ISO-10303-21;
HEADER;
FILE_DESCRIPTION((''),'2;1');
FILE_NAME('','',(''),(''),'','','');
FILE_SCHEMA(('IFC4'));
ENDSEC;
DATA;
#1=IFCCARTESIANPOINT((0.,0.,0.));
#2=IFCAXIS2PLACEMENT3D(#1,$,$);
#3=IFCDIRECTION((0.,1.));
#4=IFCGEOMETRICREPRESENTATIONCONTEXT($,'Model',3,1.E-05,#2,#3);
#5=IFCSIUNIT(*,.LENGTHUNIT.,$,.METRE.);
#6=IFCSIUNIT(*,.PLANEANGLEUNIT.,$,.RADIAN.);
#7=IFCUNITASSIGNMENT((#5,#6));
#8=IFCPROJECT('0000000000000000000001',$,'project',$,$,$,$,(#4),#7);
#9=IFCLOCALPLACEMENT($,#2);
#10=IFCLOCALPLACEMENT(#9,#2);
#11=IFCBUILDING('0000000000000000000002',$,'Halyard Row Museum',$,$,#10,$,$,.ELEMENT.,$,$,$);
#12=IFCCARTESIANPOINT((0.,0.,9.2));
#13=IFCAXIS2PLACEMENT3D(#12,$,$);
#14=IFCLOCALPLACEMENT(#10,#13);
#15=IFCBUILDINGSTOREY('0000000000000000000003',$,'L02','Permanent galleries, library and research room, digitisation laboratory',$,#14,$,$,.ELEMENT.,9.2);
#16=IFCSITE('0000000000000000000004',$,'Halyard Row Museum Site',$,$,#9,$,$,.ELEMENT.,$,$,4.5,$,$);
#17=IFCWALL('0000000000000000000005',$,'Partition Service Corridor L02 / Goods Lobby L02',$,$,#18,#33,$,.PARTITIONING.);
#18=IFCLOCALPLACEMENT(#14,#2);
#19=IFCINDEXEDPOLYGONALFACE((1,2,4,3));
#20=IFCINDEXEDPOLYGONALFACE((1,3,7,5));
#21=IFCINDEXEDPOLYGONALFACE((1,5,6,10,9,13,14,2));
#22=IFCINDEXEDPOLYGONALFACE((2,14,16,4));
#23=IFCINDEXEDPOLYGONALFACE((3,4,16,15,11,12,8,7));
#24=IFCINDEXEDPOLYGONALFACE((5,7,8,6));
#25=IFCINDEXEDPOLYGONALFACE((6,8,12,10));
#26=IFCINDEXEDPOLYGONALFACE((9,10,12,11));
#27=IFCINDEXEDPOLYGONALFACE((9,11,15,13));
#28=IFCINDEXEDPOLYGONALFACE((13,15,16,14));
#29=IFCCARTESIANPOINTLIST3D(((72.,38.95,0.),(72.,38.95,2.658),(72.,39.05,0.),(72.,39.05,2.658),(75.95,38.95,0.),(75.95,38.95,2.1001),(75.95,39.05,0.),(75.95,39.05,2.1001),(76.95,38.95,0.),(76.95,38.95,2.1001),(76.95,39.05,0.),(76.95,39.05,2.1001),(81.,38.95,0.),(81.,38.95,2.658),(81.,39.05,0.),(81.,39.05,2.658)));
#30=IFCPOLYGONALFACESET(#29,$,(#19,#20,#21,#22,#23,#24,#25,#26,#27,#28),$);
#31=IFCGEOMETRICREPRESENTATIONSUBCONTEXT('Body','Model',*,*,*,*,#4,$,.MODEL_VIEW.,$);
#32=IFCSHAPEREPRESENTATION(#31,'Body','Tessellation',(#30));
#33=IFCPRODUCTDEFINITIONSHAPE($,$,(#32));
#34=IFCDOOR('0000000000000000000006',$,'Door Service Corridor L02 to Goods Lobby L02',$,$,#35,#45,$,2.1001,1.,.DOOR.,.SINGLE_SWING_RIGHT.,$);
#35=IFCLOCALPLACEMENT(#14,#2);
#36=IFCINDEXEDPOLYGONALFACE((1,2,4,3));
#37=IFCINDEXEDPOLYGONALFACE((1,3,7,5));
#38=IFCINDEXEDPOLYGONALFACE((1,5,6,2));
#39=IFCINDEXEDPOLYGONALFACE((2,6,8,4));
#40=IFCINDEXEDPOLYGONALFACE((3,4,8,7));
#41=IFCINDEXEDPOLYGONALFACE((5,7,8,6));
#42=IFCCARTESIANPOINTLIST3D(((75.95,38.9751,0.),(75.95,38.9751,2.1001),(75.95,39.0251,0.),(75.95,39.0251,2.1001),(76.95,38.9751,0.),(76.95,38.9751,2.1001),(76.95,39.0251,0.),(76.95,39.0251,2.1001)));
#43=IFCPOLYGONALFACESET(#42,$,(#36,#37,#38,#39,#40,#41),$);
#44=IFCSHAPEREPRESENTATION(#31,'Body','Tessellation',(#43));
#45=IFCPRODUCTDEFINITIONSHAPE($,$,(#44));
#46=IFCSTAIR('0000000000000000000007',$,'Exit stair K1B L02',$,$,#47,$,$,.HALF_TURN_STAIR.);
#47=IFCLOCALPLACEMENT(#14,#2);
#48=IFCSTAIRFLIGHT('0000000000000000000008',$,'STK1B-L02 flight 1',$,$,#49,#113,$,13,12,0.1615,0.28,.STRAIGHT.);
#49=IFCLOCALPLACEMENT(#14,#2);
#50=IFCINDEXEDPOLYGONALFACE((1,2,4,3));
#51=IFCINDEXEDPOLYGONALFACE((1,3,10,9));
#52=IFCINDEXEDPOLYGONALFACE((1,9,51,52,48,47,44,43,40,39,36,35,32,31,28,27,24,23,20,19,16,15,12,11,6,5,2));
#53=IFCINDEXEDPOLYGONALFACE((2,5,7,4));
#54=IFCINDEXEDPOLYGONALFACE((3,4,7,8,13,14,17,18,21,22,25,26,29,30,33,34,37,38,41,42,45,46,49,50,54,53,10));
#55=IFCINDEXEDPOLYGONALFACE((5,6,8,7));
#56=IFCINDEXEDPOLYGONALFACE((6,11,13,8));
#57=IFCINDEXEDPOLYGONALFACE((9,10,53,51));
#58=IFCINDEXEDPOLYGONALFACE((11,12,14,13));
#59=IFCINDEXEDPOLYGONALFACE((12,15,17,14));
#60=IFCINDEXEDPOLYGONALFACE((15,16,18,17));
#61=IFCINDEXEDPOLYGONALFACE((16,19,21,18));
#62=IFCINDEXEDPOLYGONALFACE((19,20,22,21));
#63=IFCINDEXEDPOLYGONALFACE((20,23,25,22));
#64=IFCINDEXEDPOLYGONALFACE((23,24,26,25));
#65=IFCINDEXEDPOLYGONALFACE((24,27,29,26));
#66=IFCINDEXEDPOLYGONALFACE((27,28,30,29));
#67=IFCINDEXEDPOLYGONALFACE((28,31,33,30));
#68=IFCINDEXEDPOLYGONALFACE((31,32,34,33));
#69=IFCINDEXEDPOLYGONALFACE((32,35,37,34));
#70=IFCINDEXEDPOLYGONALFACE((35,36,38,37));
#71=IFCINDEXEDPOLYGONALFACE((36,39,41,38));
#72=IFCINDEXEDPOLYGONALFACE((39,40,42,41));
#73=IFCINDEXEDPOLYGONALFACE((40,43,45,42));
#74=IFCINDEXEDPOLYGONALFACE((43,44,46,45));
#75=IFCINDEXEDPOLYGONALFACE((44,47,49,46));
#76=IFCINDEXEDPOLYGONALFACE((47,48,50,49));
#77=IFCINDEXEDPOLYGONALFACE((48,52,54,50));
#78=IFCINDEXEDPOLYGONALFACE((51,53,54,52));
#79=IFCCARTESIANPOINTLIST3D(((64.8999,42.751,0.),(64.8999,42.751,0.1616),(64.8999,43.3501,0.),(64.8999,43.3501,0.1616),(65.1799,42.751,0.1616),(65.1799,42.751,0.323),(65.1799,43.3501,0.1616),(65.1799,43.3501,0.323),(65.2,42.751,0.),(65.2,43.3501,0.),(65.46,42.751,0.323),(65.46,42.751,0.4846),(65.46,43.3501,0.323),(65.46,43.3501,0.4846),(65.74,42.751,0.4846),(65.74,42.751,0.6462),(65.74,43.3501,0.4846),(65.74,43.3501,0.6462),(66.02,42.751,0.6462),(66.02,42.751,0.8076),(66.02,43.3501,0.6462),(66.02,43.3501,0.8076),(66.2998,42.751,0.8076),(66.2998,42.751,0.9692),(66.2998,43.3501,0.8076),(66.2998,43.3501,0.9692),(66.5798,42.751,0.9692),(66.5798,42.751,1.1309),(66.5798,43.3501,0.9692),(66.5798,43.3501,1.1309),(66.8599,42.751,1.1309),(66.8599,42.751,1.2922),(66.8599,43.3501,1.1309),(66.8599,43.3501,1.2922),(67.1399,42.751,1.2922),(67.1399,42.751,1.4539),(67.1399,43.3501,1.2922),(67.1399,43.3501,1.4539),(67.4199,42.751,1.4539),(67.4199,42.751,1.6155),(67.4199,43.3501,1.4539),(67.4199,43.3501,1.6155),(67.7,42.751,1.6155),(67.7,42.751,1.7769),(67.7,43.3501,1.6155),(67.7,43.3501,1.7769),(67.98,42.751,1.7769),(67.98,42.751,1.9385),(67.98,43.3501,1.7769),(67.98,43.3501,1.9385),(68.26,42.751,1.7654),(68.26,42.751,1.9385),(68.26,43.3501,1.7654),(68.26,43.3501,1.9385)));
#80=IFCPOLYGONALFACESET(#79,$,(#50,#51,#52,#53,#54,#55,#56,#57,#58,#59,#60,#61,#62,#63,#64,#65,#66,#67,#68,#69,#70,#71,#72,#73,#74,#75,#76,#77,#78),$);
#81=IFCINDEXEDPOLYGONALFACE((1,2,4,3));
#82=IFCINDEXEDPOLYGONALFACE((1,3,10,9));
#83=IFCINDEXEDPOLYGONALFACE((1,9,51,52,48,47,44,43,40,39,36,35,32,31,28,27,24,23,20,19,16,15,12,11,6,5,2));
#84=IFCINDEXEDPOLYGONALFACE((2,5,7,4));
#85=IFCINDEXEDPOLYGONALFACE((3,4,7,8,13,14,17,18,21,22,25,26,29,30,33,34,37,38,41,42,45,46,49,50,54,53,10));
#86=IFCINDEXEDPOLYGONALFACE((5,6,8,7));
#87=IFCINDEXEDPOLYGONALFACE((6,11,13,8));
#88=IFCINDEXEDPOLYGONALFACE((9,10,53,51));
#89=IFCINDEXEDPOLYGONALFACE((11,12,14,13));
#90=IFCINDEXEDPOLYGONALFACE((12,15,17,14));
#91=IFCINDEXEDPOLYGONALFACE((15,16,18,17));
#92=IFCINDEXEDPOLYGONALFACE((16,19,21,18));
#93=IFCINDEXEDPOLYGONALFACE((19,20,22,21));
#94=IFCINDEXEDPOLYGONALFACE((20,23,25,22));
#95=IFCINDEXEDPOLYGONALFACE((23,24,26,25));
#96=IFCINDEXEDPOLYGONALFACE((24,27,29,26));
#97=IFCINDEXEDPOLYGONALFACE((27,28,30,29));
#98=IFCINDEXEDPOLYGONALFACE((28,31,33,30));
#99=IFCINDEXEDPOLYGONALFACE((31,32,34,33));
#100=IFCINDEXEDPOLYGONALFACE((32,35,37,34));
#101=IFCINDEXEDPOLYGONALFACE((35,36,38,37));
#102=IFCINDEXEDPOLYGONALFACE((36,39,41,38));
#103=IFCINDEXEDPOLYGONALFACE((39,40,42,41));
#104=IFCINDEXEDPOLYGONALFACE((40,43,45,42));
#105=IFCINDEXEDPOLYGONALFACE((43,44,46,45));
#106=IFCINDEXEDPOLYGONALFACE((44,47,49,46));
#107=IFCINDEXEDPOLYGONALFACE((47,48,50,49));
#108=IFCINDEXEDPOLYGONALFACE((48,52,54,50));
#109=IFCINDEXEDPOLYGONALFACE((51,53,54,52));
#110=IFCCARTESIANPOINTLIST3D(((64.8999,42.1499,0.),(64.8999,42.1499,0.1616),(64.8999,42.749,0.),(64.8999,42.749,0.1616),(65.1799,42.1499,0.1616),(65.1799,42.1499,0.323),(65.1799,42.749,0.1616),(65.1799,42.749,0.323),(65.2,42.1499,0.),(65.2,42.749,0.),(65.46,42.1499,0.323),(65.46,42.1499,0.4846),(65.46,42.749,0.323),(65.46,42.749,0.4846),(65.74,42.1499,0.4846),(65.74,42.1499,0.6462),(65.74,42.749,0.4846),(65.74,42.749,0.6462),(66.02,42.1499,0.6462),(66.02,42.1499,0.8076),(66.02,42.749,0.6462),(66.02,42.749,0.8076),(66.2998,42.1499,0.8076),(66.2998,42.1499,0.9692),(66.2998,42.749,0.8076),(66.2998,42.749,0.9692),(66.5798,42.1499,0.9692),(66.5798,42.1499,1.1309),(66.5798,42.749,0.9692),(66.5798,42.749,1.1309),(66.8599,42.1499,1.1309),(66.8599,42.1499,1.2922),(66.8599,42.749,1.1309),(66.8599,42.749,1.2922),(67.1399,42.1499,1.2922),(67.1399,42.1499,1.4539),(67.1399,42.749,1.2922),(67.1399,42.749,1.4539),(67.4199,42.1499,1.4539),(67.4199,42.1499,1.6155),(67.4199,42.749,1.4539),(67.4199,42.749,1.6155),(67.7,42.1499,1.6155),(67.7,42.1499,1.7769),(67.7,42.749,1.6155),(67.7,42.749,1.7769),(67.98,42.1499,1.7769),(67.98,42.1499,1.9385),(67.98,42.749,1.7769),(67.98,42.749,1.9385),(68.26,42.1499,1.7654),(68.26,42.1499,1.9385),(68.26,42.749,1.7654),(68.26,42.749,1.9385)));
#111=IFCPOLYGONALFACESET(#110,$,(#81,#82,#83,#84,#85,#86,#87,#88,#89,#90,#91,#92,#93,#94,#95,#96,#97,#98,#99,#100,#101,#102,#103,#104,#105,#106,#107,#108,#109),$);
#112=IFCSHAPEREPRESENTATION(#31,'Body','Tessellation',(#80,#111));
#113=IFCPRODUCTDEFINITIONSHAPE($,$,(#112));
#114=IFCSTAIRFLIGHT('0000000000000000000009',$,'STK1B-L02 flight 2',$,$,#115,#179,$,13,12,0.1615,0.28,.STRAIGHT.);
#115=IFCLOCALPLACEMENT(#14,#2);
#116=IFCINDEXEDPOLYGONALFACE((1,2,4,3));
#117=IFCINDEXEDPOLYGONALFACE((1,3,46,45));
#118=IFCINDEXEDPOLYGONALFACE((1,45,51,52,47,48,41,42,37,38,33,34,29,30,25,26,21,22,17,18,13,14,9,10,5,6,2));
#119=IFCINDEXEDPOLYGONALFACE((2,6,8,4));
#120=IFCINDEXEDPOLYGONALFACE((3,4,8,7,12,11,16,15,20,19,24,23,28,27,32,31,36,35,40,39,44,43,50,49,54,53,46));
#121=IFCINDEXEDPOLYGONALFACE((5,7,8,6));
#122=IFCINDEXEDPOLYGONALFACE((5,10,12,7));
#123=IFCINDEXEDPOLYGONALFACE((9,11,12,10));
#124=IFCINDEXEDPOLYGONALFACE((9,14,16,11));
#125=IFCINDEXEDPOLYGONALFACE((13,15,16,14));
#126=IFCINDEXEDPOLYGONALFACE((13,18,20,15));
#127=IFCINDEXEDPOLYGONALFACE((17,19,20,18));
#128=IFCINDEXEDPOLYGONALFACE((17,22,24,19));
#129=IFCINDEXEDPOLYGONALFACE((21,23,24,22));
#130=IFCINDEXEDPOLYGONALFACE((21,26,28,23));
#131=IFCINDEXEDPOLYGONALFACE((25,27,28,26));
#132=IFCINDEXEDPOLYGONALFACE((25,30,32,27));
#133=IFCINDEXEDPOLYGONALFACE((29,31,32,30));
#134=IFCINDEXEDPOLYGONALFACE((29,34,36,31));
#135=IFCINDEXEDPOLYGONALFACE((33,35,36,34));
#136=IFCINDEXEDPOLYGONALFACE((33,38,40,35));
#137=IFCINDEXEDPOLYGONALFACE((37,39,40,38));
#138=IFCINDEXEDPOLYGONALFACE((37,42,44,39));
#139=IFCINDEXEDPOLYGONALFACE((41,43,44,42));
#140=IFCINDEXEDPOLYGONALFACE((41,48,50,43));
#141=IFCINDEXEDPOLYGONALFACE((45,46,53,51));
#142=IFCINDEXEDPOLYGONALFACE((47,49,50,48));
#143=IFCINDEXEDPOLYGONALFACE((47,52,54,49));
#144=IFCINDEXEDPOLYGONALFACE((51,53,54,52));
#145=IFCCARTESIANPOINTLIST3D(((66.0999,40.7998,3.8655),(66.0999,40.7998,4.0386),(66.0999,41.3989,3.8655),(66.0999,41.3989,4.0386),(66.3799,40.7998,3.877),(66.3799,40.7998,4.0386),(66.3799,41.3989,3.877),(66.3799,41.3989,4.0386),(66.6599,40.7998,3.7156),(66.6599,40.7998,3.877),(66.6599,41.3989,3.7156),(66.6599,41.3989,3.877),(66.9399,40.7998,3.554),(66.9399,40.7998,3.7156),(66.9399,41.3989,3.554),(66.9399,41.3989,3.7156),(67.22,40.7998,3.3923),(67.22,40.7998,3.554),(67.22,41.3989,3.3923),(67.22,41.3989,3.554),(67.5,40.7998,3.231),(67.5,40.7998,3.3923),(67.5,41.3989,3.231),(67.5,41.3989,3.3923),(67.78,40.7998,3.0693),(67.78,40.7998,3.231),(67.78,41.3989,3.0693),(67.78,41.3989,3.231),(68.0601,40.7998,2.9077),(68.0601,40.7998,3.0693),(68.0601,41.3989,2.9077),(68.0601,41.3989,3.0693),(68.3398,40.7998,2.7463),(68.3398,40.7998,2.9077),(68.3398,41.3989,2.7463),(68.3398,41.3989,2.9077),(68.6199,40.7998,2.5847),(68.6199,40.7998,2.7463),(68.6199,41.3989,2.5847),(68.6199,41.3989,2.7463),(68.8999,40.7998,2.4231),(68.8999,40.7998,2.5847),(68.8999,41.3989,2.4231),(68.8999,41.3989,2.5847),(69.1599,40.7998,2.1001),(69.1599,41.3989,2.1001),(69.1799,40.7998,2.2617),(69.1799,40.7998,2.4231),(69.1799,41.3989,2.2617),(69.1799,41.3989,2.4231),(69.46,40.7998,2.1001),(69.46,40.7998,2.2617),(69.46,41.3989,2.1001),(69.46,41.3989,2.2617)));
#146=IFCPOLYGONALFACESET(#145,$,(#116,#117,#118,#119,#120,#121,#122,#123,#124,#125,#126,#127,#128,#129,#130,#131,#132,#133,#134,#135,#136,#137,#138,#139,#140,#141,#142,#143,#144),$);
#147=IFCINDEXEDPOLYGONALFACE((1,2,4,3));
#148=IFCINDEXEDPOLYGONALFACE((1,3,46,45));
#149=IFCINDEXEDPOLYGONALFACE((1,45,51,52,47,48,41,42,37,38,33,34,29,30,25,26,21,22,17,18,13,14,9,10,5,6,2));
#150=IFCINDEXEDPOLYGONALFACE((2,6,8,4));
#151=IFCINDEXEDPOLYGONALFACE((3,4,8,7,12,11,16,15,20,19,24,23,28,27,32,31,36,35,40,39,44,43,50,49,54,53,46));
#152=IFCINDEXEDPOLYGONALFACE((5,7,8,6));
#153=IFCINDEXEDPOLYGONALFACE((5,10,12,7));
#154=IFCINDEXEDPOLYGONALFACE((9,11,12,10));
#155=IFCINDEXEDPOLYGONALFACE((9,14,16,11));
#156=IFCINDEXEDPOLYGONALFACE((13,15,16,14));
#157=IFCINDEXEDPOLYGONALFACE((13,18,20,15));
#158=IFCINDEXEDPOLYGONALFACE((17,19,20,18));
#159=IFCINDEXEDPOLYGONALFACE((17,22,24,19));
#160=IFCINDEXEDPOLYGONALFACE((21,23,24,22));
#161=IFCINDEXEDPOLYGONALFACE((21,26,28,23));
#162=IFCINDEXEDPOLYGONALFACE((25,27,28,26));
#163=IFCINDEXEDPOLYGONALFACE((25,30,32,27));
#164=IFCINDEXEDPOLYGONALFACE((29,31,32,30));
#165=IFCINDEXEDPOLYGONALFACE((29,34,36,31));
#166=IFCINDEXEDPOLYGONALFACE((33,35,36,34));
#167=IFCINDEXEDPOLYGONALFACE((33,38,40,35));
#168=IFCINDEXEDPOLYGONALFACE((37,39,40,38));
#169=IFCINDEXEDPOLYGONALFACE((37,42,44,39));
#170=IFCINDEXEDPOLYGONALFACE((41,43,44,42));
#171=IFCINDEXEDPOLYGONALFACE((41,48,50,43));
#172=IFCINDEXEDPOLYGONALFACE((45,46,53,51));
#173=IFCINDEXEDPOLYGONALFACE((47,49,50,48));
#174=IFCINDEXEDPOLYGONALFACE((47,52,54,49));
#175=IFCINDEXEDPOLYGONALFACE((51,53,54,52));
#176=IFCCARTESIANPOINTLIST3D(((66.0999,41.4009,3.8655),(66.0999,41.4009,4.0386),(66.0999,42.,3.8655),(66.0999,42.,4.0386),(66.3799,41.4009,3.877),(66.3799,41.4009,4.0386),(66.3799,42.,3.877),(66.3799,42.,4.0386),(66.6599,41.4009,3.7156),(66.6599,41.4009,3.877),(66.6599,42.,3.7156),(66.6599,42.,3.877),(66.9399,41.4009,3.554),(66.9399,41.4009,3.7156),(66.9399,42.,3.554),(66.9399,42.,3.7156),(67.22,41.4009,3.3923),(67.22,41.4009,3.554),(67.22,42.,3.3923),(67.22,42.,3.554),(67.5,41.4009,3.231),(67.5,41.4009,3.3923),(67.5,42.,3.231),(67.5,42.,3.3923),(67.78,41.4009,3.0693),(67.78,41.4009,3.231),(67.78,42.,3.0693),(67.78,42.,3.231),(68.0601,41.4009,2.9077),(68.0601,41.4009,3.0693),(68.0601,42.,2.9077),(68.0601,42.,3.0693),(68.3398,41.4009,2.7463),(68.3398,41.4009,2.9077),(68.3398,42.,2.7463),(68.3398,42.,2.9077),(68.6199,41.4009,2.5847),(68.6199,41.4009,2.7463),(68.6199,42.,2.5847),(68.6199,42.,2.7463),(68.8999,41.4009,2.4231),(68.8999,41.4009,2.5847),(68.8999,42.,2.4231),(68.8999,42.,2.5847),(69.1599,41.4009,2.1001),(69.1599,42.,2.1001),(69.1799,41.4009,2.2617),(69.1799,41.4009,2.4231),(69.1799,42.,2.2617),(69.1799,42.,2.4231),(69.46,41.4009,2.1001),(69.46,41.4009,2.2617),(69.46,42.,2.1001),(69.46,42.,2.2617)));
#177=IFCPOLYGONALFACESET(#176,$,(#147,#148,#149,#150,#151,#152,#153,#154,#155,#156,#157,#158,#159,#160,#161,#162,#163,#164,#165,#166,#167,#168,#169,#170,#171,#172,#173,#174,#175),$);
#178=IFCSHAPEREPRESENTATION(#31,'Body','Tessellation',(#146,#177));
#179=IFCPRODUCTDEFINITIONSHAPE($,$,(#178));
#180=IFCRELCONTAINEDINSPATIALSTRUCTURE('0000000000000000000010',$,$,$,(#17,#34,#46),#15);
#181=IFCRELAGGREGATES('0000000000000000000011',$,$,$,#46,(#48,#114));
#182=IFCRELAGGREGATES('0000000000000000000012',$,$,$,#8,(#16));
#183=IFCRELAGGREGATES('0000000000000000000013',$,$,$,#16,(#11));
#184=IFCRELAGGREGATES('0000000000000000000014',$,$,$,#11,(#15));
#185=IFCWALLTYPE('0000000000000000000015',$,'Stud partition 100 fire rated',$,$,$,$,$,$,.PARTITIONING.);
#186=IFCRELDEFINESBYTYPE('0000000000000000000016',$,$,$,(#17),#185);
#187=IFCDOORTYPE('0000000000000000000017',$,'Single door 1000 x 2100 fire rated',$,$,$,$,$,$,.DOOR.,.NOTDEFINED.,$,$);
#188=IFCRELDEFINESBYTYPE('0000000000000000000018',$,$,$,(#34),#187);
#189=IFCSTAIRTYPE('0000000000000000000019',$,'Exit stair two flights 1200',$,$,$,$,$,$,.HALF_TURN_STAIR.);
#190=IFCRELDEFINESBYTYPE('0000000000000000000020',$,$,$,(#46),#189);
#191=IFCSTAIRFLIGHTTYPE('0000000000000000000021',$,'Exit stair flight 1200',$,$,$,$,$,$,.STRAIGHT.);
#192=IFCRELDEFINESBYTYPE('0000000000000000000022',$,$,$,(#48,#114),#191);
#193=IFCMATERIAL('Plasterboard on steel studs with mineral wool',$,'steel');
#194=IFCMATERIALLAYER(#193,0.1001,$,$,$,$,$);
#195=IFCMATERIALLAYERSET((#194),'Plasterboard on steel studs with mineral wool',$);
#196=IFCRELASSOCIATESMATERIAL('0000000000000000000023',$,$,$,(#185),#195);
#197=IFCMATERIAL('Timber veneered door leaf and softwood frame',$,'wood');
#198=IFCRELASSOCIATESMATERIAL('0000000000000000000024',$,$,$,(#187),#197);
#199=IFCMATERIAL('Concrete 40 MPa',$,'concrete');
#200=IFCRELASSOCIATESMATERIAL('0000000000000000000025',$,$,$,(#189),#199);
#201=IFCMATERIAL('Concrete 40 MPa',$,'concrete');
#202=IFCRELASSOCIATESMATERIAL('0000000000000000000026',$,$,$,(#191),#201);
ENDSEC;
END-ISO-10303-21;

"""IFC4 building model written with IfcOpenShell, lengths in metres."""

from ifc_helpers import new_model, si_unit, direction, frame, frame_2d, origin, place, context, subcontext, project, spatial, polyline, rectangle, outline, extrude, material, layer, layer_set, type_object, element, fill, aggregate, save


model = new_model("IFC4")

# Units and contexts
model_context = context("Model", 3, precision=1e-05, world=origin(), true_north=direction((0.0, 1.0)))
body_context = subcontext(model_context, "Body", "Model", "MODEL_VIEW")
ifc_project = project(units=[si_unit("LENGTHUNIT", "METRE"), si_unit("PLANEANGLEUNIT", "RADIAN")], contexts=[model_context])

# Site, building, storey
site_placement = place(None, origin())
site = spatial("IfcSite", under=ifc_project, at=site_placement, Name="Halyard Row Museum Site", CompositionType="ELEMENT", RefElevation=4.5)
building_placement = place(site_placement, origin())
building = spatial("IfcBuilding", under=site, at=building_placement, Name="Halyard Row Museum", CompositionType="ELEMENT")
storey_placement = place(building_placement, frame((0.0, 0.0, 9.2)))
storey = spatial("IfcBuildingStorey", under=building, at=storey_placement, Name="L02", Description="Permanent galleries, library and research room, digitisation laboratory", CompositionType="ELEMENT", Elevation=9.2)

# Wall, opening, door
ifc_material_1 = material(Name="Plasterboard on steel studs with mineral wool", Category="steel")
ifc_layer_1 = layer(ifc_material_1, 0.1001)
ifc_layer_set_1 = layer_set([ifc_layer_1], Name="Plasterboard on steel studs with mineral wool")
wall_type_1 = type_object("IfcWallType", Name="Stud partition 100 fire rated", PredefinedType="PARTITIONING", material=ifc_layer_set_1)
wall_1_placement = place(storey_placement, frame((72.0, 39.0, 0.0), z_axis=(0.0, 0.0, 1.0), x_axis=(1.0, 0.0, 0.0)))
wall_1 = element("IfcWall", 1, at=wall_1_placement, inside=storey, type_object=wall_type_1, Name="Partition Service Corridor L02 / Goods Lobby L02", PredefinedType="PARTITIONING", context=body_context, shape_type="SweptSolid", body=[
    extrude(rectangle(XDim=9.0, YDim=0.1001, at=frame_2d((4.5, 0.0))), origin(), (0.0, 0.0, 1.0), 2.658),
])
opening_1_placement = place(wall_1_placement, frame((3.95, 0.0, 0.0)))
opening_1 = element("IfcOpeningElement", 2, at=opening_1_placement, cuts=wall_1, PredefinedType="OPENING", context=body_context, shape_type="SweptSolid", body=[
    extrude(rectangle(XDim=1.0, YDim=2.1001, at=frame_2d((0.5, 1.05))), frame((0.0, 0.0601, 0.0), z_axis=(0.0, -1.0, 0.0), x_axis=(1.0, 0.0, 0.0)), (0.0, 0.0, 1.0), 0.1201),
])
ifc_material_2 = material(Name="Timber veneered door leaf and softwood frame", Category="wood")
door_type_1 = type_object("IfcDoorType", Name="Single door 1000 x 2100 fire rated", OperationType="NOTDEFINED", PredefinedType="DOOR", material=ifc_material_2)
door_1_placement = place(opening_1_placement, frame((1.0, 0.0, 0.0), z_axis=(0.0, 0.0, 1.0), x_axis=(-1.0, 0.0, 0.0)))
door_1 = element("IfcDoor", 3, at=door_1_placement, inside=storey, type_object=door_type_1, Name="Door Service Corridor L02 to Goods Lobby L02", OperationType="SINGLE_SWING_RIGHT", OverallHeight=2.1001, OverallWidth=1.0, PredefinedType="DOOR", context=body_context, shape_type="SweptSolid", body=[
    extrude(rectangle(XDim=1.0, YDim=2.1001, at=frame_2d((0.5, 1.05))), frame((0.0, 0.0249, 0.0), z_axis=(0.0, -1.0, 0.0), x_axis=(1.0, 0.0, 0.0)), (0.0, 0.0, 1.0), 0.05),
])
fill(opening_1, door_1)

# Stair, stair flights
ifc_material_3 = material(Name="Concrete 40 MPa", Category="concrete")
stair_type = type_object("IfcStairType", Name="Exit stair two flights 1200", PredefinedType="HALF_TURN_STAIR", material=ifc_material_3)
stair_placement = place(storey_placement, origin())
stair = element("IfcStair", 4, at=stair_placement, inside=storey, type_object=stair_type, Name="Exit stair K1B L02", PredefinedType="HALF_TURN_STAIR")
ifc_material_4 = material(Name="Concrete 40 MPa", Category="concrete")
stair_flight_type = type_object("IfcStairFlightType", Name="Exit stair flight 1200", PredefinedType="STRAIGHT", material=ifc_material_4)
stair_flight_1_placement = place(storey_placement, frame((64.8999, 42.75, 0.0), z_axis=(0.0, 0.0, 1.0), x_axis=(1.0, 0.0, 0.0)))
stair_flight_1 = element("IfcStairFlight", 5, at=stair_flight_1_placement, type_object=stair_flight_type, Name="STK1B-L02 flight 1", NumberOfRisers=13, NumberOfTreads=12, PredefinedType="STRAIGHT", RiserHeight=0.1615, TreadLength=0.28, context=body_context, shape_type="SweptSolid", body=[
    extrude(outline(polyline([(0.0, 0.0), (0.0, 0.1616), (0.28, 0.1616), (0.28, 0.323), (0.5601, 0.323), (0.5601, 0.4846), (0.8401, 0.4846), (0.8401, 0.6462), (1.1201, 0.6462), (1.1201, 0.8076), (1.3999, 0.8076), (1.3999, 0.9692), (1.6799, 0.9692), (1.6799, 1.1309), (1.96, 1.1309), (1.96, 1.2922), (2.24, 1.2922), (2.24, 1.4539), (2.52, 1.4539), (2.52, 1.6155), (2.8, 1.6155), (2.8, 1.7769), (3.0801, 1.7769), (3.0801, 1.9385), (3.3601, 1.9385), (3.3601, 2.1001), (3.3601, 1.7654), (0.3, 0.0), (0.0, 0.0)])), frame((0.0, 0.6001, 0.0), z_axis=(0.0, -1.0, 0.0), x_axis=(1.0, 0.0, 0.0)), (0.0, 0.0, 1.0), 0.5991),
    extrude(outline(polyline([(0.0, 0.0), (0.0, 0.1616), (0.28, 0.1616), (0.28, 0.323), (0.5601, 0.323), (0.5601, 0.4846), (0.8401, 0.4846), (0.8401, 0.6462), (1.1201, 0.6462), (1.1201, 0.8076), (1.3999, 0.8076), (1.3999, 0.9692), (1.6799, 0.9692), (1.6799, 1.1309), (1.96, 1.1309), (1.96, 1.2922), (2.24, 1.2922), (2.24, 1.4539), (2.52, 1.4539), (2.52, 1.6155), (2.8, 1.6155), (2.8, 1.7769), (3.0801, 1.7769), (3.0801, 1.9385), (3.3601, 1.9385), (3.3601, 2.1001), (3.3601, 1.7654), (0.3, 0.0), (0.0, 0.0)])), frame((0.0, -0.001, 0.0), z_axis=(0.0, -1.0, 0.0), x_axis=(1.0, 0.0, 0.0)), (0.0, 0.0, 1.0), 0.5991),
])
stair_flight_2_placement = place(storey_placement, frame((69.46, 41.3999, 2.1001), z_axis=(0.0, 0.0, 1.0), x_axis=(-1.0, 0.0, 0.0)))
stair_flight_2 = element("IfcStairFlight", 6, at=stair_flight_2_placement, type_object=stair_flight_type, Name="STK1B-L02 flight 2", NumberOfRisers=13, NumberOfTreads=12, PredefinedType="STRAIGHT", RiserHeight=0.1615, TreadLength=0.28, context=body_context, shape_type="SweptSolid", body=[
    extrude(outline(polyline([(0.0, 0.0), (0.0, 0.1616), (0.28, 0.1616), (0.28, 0.323), (0.5601, 0.323), (0.5601, 0.4846), (0.8401, 0.4846), (0.8401, 0.6462), (1.1201, 0.6462), (1.1201, 0.8076), (1.3999, 0.8076), (1.3999, 0.9692), (1.6799, 0.9692), (1.6799, 1.1309), (1.96, 1.1309), (1.96, 1.2922), (2.24, 1.2922), (2.24, 1.4539), (2.52, 1.4539), (2.52, 1.6155), (2.8, 1.6155), (2.8, 1.7769), (3.0801, 1.7769), (3.0801, 1.9385), (3.3601, 1.9385), (3.3601, 2.1001), (3.3601, 1.7654), (0.3, 0.0), (0.0, 0.0)])), frame((0.0, 0.6001, 0.0), z_axis=(0.0, -1.0, 0.0), x_axis=(1.0, 0.0, 0.0)), (0.0, 0.0, 1.0), 0.5991),
    extrude(outline(polyline([(0.0, 0.0), (0.0, 0.1616), (0.28, 0.1616), (0.28, 0.323), (0.5601, 0.323), (0.5601, 0.4846), (0.8401, 0.4846), (0.8401, 0.6462), (1.1201, 0.6462), (1.1201, 0.8076), (1.3999, 0.8076), (1.3999, 0.9692), (1.6799, 0.9692), (1.6799, 1.1309), (1.96, 1.1309), (1.96, 1.2922), (2.24, 1.2922), (2.24, 1.4539), (2.52, 1.4539), (2.52, 1.6155), (2.8, 1.6155), (2.8, 1.7769), (3.0801, 1.7769), (3.0801, 1.9385), (3.3601, 1.9385), (3.3601, 2.1001), (3.3601, 1.7654), (0.3, 0.0), (0.0, 0.0)])), frame((0.0, -0.001, 0.0), z_axis=(0.0, -1.0, 0.0), x_axis=(1.0, 0.0, 0.0)), (0.0, 0.0, 1.0), 0.5991),
])
aggregate(stair, [stair_flight_1, stair_flight_2])

save(model, "model.ifc")
